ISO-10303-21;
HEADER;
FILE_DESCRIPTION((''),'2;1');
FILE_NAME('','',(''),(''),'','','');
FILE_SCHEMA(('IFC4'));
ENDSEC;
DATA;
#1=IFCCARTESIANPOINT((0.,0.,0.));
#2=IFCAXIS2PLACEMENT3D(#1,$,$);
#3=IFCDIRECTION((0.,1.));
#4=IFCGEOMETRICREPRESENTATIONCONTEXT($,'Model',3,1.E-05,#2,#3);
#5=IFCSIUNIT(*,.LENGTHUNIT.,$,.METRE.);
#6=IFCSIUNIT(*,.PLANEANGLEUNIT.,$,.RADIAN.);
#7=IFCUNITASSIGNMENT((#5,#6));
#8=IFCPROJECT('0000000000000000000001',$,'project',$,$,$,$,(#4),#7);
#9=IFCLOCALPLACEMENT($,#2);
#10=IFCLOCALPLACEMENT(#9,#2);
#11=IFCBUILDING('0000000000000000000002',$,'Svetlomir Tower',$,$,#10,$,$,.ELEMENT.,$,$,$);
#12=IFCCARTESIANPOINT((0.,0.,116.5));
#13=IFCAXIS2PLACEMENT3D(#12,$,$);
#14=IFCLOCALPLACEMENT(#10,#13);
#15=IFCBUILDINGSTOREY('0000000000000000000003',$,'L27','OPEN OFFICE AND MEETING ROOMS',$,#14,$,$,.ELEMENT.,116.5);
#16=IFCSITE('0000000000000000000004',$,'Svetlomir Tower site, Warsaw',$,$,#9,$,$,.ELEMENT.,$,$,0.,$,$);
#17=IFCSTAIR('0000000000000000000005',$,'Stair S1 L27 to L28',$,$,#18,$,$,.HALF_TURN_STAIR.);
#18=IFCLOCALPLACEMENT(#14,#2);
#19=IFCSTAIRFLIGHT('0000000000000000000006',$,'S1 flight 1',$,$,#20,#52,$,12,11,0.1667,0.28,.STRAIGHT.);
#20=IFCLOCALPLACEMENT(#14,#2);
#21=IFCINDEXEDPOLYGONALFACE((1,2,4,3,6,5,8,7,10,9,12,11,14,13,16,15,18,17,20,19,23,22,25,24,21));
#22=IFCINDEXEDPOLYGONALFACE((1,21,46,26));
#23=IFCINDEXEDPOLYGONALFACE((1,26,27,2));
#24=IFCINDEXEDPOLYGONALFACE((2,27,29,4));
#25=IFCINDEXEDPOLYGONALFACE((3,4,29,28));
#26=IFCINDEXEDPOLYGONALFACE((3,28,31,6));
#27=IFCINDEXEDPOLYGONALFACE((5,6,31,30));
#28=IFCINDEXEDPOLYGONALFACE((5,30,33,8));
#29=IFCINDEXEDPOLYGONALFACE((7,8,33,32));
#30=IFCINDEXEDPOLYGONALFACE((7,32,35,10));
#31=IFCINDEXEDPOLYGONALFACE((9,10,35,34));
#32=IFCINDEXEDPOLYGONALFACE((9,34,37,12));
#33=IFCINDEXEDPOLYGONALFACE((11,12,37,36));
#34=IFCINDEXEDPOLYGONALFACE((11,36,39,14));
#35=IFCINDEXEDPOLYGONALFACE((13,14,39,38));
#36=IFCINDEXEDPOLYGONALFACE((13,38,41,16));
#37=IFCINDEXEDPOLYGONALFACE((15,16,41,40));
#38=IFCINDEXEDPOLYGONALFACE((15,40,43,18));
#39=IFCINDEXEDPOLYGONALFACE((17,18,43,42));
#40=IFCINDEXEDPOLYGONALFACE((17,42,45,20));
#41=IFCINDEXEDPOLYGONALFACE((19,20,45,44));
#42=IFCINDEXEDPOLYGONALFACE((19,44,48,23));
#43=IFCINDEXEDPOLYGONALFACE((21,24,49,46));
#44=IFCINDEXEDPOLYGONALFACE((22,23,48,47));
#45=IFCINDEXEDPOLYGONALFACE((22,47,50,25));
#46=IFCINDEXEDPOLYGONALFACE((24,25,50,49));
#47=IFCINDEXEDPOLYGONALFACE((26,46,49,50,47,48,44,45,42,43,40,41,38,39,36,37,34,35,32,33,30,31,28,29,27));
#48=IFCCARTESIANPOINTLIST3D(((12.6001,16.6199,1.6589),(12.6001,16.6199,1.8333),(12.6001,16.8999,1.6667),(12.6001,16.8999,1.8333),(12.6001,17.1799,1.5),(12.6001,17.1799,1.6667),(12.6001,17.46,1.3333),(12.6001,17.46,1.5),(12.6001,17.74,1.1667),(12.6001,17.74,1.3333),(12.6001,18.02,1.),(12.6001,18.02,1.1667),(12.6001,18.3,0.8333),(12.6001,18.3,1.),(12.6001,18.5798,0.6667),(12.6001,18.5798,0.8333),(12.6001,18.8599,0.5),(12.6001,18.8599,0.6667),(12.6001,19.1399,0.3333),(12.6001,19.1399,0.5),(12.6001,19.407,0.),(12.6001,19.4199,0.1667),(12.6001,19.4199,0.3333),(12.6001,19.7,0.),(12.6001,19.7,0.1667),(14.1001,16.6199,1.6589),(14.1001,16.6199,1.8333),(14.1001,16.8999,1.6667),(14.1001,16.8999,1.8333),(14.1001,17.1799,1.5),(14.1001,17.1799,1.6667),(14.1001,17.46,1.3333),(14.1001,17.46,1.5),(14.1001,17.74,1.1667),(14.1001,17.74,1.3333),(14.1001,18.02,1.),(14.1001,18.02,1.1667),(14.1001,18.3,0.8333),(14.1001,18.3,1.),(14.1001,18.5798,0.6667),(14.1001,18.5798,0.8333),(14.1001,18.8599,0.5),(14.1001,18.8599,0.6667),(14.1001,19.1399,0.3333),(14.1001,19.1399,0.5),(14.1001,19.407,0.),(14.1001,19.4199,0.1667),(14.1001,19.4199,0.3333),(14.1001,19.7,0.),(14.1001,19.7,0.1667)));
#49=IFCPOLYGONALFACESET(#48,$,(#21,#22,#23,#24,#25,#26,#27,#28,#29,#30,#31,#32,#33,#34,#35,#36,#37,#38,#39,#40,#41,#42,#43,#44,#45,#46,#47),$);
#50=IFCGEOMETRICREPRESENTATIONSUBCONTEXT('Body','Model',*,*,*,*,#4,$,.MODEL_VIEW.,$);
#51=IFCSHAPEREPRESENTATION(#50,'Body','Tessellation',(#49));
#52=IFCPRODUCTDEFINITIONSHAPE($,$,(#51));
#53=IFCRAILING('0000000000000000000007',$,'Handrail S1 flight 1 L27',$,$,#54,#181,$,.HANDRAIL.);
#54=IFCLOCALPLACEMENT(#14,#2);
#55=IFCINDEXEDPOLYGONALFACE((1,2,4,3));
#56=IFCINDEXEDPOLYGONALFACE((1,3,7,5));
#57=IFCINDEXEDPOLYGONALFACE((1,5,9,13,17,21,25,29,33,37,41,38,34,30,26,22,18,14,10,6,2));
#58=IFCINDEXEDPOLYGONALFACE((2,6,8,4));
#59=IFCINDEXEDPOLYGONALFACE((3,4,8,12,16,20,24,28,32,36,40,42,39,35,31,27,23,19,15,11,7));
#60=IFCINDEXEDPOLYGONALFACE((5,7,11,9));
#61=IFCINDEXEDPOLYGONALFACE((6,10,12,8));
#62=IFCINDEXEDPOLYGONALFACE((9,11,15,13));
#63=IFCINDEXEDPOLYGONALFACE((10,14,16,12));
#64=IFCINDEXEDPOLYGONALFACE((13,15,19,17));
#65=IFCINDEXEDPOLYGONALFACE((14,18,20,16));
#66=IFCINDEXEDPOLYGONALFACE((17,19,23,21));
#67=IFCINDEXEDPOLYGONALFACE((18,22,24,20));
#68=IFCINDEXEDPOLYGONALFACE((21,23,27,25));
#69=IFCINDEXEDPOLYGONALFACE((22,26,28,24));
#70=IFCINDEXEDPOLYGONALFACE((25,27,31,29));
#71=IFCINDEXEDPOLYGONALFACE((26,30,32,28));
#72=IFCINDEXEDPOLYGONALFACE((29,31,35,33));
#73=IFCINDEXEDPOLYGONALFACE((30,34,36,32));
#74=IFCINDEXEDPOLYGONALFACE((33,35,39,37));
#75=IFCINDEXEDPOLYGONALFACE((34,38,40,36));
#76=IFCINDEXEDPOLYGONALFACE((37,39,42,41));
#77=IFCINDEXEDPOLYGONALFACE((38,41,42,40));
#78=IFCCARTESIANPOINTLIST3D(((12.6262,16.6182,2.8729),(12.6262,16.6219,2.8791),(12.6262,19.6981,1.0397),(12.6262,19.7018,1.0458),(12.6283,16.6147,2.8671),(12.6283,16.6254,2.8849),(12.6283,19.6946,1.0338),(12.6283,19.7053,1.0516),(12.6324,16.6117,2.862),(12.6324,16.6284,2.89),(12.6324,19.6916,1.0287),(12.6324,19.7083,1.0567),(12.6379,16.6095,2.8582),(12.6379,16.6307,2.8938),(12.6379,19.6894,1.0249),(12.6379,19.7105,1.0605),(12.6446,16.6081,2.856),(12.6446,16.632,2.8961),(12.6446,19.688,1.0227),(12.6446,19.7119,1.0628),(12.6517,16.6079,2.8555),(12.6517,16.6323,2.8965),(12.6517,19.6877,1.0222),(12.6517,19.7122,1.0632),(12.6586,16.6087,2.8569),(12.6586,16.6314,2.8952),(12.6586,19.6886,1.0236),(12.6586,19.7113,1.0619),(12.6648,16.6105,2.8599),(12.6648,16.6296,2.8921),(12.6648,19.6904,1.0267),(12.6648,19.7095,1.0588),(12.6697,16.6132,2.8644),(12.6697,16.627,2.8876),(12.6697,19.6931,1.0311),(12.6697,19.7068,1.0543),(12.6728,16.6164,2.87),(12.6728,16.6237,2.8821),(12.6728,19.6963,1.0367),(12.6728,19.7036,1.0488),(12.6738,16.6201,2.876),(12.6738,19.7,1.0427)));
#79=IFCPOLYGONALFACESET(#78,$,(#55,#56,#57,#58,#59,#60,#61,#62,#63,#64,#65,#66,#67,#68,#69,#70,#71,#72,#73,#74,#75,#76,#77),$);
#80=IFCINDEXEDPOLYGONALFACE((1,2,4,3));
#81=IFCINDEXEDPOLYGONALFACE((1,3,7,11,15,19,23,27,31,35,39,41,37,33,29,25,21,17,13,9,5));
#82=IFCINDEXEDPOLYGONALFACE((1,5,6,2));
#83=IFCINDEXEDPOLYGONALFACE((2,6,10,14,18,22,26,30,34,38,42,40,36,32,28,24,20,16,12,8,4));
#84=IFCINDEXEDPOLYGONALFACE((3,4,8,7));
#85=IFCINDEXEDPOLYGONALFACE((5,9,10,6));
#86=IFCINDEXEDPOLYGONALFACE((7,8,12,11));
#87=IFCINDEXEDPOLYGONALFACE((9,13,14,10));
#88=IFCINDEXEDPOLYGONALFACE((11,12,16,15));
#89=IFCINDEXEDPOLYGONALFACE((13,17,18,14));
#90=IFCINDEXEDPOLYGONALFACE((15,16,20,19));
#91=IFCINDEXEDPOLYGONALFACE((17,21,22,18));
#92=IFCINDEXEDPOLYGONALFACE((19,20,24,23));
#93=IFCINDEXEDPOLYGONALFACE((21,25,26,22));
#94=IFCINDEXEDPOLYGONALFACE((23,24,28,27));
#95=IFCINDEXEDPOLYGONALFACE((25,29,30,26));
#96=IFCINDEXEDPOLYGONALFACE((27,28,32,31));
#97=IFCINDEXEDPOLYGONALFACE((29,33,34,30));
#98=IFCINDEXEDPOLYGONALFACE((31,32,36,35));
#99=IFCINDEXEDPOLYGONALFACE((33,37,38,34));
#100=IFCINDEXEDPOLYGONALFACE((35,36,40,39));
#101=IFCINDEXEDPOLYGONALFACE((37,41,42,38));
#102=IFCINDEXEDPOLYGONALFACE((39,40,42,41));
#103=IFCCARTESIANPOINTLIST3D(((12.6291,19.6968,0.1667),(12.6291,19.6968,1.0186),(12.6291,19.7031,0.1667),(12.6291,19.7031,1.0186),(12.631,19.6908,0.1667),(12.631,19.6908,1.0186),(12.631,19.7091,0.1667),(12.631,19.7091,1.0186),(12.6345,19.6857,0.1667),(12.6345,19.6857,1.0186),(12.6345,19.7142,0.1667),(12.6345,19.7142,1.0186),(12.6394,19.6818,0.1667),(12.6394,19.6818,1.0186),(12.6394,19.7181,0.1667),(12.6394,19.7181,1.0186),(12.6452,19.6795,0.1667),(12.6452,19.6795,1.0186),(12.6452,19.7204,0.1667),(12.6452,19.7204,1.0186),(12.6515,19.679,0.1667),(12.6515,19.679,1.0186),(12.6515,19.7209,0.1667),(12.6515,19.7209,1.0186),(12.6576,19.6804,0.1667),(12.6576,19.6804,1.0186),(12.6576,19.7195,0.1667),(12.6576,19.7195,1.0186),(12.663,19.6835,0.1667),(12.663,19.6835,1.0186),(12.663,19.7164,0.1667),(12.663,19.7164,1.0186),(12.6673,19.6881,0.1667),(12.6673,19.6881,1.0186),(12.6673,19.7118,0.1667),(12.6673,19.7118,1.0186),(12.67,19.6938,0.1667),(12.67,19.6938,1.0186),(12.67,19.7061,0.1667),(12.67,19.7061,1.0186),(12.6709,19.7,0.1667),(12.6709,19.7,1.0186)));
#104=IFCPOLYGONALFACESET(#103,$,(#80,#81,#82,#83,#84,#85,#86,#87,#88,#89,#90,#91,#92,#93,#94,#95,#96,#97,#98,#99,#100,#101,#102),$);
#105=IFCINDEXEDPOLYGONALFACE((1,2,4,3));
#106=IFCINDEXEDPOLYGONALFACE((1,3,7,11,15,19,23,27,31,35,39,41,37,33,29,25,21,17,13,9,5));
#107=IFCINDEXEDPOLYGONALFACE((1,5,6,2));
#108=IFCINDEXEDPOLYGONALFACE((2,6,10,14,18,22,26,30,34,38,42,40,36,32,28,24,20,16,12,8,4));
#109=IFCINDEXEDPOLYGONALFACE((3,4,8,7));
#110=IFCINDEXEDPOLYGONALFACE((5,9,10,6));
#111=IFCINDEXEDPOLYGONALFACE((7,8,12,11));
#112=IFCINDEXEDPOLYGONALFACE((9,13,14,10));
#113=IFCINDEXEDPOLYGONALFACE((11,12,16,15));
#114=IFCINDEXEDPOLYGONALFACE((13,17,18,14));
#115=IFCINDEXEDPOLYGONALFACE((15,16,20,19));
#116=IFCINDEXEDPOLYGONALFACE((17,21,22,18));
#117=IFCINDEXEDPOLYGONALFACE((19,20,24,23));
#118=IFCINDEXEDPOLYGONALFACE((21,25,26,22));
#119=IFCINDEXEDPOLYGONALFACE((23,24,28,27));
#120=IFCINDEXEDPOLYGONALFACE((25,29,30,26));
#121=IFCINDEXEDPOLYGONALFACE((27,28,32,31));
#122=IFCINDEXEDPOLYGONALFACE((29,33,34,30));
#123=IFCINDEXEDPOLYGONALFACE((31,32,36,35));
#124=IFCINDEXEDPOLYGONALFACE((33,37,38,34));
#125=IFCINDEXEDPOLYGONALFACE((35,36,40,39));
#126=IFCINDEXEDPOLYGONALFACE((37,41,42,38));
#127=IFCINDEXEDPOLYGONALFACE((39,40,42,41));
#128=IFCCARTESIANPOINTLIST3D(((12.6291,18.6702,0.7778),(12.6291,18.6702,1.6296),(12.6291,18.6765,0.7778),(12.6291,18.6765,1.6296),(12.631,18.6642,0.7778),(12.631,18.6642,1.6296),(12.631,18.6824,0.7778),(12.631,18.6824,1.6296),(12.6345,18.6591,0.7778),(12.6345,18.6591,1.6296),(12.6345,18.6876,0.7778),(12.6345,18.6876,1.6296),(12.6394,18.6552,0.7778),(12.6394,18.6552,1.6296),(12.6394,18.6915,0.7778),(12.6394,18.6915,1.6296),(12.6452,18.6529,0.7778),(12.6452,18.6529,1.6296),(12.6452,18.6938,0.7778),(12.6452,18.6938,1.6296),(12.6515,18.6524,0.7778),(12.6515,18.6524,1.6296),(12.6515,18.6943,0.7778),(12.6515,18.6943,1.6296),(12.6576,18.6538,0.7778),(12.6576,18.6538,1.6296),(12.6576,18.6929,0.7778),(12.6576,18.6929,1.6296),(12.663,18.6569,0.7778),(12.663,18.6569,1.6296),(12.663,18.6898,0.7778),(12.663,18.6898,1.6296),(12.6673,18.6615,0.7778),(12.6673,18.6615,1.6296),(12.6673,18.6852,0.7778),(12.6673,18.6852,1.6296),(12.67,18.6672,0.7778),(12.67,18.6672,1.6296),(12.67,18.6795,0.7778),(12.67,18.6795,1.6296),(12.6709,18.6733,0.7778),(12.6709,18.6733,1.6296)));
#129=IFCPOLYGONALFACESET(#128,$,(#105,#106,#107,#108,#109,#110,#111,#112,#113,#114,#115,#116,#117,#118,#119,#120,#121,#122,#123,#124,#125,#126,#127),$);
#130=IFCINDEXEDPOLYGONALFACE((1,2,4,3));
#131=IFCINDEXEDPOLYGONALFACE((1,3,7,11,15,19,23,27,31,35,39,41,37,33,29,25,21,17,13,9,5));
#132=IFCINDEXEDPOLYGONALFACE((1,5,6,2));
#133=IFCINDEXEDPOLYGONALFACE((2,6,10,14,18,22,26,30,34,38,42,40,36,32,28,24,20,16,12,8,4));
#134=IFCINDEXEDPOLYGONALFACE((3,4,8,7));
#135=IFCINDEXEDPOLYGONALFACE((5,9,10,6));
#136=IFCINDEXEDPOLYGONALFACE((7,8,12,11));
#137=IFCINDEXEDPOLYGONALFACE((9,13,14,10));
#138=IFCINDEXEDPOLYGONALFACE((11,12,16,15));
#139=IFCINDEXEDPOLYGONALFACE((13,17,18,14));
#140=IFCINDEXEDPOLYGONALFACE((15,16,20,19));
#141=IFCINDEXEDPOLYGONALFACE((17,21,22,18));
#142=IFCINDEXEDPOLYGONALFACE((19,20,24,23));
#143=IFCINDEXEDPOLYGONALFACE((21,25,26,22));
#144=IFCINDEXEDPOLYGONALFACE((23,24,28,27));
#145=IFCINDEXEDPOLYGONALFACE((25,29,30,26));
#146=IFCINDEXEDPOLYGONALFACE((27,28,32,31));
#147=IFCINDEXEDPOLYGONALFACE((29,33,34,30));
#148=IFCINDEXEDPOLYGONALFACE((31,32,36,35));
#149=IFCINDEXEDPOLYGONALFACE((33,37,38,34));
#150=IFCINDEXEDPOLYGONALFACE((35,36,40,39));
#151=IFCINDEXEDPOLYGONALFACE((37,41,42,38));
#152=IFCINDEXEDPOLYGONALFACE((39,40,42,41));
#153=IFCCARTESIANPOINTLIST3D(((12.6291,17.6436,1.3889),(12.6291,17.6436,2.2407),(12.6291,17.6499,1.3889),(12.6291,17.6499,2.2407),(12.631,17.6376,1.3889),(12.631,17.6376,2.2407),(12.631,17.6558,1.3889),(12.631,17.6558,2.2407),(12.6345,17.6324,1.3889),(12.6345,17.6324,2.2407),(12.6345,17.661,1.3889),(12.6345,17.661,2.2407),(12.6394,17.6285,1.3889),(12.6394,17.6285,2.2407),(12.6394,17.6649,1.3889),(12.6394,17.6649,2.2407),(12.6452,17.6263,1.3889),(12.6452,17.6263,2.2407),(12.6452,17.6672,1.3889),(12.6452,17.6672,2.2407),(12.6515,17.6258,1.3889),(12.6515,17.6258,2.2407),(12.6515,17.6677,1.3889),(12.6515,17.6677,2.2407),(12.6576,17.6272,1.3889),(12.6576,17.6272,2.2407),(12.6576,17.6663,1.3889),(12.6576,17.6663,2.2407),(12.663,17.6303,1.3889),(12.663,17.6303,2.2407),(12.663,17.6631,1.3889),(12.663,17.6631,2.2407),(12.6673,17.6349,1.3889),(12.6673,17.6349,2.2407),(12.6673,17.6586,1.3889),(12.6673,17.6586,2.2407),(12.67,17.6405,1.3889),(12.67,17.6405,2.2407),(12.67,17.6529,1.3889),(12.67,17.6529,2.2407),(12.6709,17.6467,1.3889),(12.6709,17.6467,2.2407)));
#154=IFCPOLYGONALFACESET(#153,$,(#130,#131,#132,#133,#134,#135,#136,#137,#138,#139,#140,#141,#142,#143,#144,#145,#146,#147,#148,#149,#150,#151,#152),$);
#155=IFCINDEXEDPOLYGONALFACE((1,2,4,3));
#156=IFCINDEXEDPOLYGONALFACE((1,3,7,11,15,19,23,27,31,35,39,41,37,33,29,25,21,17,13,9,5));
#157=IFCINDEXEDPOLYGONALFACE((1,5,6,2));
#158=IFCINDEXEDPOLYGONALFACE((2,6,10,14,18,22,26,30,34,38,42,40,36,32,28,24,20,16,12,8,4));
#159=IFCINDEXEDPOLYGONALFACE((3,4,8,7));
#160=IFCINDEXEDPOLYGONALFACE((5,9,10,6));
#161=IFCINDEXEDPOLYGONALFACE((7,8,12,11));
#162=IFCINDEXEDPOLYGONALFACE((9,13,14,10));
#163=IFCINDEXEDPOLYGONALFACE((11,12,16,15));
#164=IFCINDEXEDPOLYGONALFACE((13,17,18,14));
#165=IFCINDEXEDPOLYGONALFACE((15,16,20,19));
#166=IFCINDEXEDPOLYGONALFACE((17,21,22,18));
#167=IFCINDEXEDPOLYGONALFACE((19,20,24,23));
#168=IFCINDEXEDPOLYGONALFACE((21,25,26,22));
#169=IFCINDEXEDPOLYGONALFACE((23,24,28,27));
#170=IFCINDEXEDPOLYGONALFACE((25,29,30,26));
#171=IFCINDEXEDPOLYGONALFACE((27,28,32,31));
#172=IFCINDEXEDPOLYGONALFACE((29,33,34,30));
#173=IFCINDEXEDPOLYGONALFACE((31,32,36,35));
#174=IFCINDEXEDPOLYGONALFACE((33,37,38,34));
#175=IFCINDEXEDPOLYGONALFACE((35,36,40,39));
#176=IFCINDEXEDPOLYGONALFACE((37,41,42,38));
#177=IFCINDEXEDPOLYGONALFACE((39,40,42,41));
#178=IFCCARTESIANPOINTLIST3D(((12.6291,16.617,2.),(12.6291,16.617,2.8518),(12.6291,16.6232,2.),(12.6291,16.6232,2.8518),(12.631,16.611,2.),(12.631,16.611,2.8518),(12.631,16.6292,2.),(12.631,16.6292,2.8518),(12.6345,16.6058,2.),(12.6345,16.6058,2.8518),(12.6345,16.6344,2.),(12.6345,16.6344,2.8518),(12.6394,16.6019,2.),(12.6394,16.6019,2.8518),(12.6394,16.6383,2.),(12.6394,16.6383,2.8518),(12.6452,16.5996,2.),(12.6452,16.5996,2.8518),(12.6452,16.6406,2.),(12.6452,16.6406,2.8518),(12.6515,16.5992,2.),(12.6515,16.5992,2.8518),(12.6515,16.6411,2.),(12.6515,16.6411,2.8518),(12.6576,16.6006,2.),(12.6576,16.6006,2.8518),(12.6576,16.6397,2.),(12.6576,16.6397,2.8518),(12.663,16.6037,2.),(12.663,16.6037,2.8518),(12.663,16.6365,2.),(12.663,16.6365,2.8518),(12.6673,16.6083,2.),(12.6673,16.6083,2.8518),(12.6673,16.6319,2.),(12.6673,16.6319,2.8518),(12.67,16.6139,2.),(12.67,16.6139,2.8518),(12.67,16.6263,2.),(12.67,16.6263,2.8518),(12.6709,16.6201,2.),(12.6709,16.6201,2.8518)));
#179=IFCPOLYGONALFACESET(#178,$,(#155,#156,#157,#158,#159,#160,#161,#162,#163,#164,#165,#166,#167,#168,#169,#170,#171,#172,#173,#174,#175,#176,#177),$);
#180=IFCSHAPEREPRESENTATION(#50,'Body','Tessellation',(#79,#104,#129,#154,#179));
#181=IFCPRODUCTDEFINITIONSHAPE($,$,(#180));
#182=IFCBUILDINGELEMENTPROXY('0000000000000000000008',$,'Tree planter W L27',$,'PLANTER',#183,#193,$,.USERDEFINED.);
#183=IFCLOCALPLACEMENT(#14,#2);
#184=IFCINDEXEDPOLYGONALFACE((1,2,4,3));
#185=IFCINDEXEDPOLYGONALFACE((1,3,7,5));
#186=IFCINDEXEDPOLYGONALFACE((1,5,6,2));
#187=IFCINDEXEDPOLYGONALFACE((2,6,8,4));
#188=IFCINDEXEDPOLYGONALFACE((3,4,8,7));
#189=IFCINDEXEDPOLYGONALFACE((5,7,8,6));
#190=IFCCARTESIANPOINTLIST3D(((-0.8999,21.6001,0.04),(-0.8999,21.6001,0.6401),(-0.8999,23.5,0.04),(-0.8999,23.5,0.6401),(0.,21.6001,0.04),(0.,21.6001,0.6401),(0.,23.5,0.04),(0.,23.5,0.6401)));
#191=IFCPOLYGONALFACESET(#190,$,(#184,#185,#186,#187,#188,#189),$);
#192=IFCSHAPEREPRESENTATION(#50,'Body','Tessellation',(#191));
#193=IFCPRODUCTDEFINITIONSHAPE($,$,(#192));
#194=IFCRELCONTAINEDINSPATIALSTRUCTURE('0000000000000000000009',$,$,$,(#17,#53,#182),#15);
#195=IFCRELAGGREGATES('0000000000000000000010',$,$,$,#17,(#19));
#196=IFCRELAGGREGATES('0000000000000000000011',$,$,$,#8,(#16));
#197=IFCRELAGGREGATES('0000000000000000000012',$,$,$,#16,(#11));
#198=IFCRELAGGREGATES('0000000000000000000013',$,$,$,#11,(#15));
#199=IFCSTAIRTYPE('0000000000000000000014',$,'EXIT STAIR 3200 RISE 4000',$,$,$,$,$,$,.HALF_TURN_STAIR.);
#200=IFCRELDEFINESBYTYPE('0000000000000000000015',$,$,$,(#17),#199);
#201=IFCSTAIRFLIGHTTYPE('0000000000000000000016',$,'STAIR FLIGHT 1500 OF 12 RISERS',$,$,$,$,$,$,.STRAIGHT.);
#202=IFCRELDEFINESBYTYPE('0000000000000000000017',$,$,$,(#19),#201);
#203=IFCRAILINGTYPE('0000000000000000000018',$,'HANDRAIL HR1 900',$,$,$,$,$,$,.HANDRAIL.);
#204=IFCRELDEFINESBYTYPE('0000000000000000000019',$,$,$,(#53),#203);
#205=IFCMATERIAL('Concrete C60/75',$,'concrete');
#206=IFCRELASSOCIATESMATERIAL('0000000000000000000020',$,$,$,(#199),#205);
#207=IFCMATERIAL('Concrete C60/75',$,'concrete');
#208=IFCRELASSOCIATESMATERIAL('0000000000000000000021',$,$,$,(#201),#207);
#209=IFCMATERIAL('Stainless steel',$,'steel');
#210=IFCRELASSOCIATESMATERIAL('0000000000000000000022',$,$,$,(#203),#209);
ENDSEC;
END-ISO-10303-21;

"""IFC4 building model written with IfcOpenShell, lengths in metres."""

from ifc_helpers import new_model, si_unit, direction, frame, origin, origin_2d, place, context, subcontext, project, spatial, polyline, rectangle, circle, outline, extrude, material, type_object, element, aggregate, save


model = new_model("IFC4")

# Units and contexts
model_context = context("Model", 3, precision=1e-05, world=origin(), true_north=direction((0.0, 1.0)))
body_context = subcontext(model_context, "Body", "Model", "MODEL_VIEW")
ifc_project = project(units=[si_unit("LENGTHUNIT", "METRE"), si_unit("PLANEANGLEUNIT", "RADIAN")], contexts=[model_context])

# Site, building, storey
site_placement = place(None, origin())
site = spatial("IfcSite", under=ifc_project, at=site_placement, Name="Svetlomir Tower site, Warsaw", CompositionType="ELEMENT", RefElevation=0.0)
building_placement = place(site_placement, origin())
building = spatial("IfcBuilding", under=site, at=building_placement, Name="Svetlomir Tower", CompositionType="ELEMENT")
storey_placement = place(building_placement, frame((0.0, 0.0, 116.5)))
storey = spatial("IfcBuildingStorey", under=building, at=storey_placement, Name="L27", Description="OPEN OFFICE AND MEETING ROOMS", CompositionType="ELEMENT", Elevation=116.5)

# Stair, stair flight
ifc_material_1 = material(Name="Concrete C60/75", Category="concrete")
stair_type = type_object("IfcStairType", Name="EXIT STAIR 3200 RISE 4000", PredefinedType="HALF_TURN_STAIR", material=ifc_material_1)
stair_placement = place(storey_placement, origin())
stair = element("IfcStair", 1, at=stair_placement, inside=storey, type_object=stair_type, Name="Stair S1 L27 to L28", PredefinedType="HALF_TURN_STAIR")
ifc_material_2 = material(Name="Concrete C60/75", Category="concrete")
stair_flight_type = type_object("IfcStairFlightType", Name="STAIR FLIGHT 1500 OF 12 RISERS", PredefinedType="STRAIGHT", material=ifc_material_2)
stair_flight_placement = place(storey_placement, frame((13.3501, 19.7, 0.0), z_axis=(0.0, 0.0, 1.0), x_axis=(0.0, -1.0, 0.0)))
stair_flight = element("IfcStairFlight", 2, at=stair_flight_placement, type_object=stair_flight_type, Name="S1 flight 1", NumberOfRisers=12, NumberOfTreads=11, PredefinedType="STRAIGHT", RiserHeight=0.1667, TreadLength=0.28, context=body_context, shape_type="SweptSolid", body=[
    extrude(outline(polyline([(0.0, 0.0), (0.0, 0.1667), (0.28, 0.1667), (0.28, 0.3333), (0.5601, 0.3333), (0.5601, 0.5), (0.8401, 0.5), (0.8401, 0.6667), (1.1201, 0.6667), (1.1201, 0.8333), (1.3999, 0.8333), (1.3999, 1.0), (1.6799, 1.0), (1.6799, 1.1667), (1.96, 1.1667), (1.96, 1.3333), (2.24, 1.3333), (2.24, 1.5), (2.52, 1.5), (2.52, 1.6667), (2.8, 1.6667), (2.8, 1.8333), (3.0801, 1.8333), (3.0801, 2.0), (3.0801, 1.6589), (0.293, 0.0), (0.0, 0.0)])), frame((0.0, 0.75, 0.0), z_axis=(0.0, -1.0, 0.0), x_axis=(1.0, 0.0, 0.0)), (0.0, 0.0, 1.0), 1.5),
])
aggregate(stair, [stair_flight])

# Railing
ifc_material_3 = material(Name="Stainless steel", Category="steel")
railing_type = type_object("IfcRailingType", Name="HANDRAIL HR1 900", PredefinedType="HANDRAIL", material=ifc_material_3)
railing_placement = place(storey_placement, frame((12.6499, 19.7, 0.1667)))
element("IfcRailing", 3, at=railing_placement, inside=storey, type_object=railing_type, Name="Handrail S1 flight 1 L27", PredefinedType="HANDRAIL", context=body_context, shape_type="SweptSolid", body=[
    extrude(circle(Radius=0.0239, at=origin_2d()), frame((0.0, 0.0, 0.876), z_axis=(0.0, -0.859291, 0.511487), x_axis=(1.0, 0.0, 0.0)), (0.0, 0.0, 1.0), 3.5842),
    extrude(circle(Radius=0.021, at=origin_2d()), origin(), (0.0, 0.0, 1.0), 0.8518),
    extrude(circle(Radius=0.021, at=origin_2d()), frame((0.0, -1.0266, 0.6111)), (0.0, 0.0, 1.0), 0.8518),
    extrude(circle(Radius=0.021, at=origin_2d()), frame((0.0, -2.0532, 1.2222)), (0.0, 0.0, 1.0), 0.8518),
    extrude(circle(Radius=0.021, at=origin_2d()), frame((0.0, -3.0798, 1.8333)), (0.0, 0.0, 1.0), 0.8518),
])

# Building element proxy
proxy_placement = place(storey_placement, frame((-0.45, 22.55, 0.04), z_axis=(0.0, 0.0, 1.0), x_axis=(1.0, 0.0, 0.0)))
element("IfcBuildingElementProxy", 4, at=proxy_placement, inside=storey, Name="Tree planter W L27", ObjectType="PLANTER", PredefinedType="USERDEFINED", context=body_context, shape_type="SweptSolid", body=[
    extrude(rectangle(XDim=0.8999, YDim=1.8999, at=origin_2d()), origin(), (0.0, 0.0, 1.0), 0.6001),
])

save(model, "model.ifc")
